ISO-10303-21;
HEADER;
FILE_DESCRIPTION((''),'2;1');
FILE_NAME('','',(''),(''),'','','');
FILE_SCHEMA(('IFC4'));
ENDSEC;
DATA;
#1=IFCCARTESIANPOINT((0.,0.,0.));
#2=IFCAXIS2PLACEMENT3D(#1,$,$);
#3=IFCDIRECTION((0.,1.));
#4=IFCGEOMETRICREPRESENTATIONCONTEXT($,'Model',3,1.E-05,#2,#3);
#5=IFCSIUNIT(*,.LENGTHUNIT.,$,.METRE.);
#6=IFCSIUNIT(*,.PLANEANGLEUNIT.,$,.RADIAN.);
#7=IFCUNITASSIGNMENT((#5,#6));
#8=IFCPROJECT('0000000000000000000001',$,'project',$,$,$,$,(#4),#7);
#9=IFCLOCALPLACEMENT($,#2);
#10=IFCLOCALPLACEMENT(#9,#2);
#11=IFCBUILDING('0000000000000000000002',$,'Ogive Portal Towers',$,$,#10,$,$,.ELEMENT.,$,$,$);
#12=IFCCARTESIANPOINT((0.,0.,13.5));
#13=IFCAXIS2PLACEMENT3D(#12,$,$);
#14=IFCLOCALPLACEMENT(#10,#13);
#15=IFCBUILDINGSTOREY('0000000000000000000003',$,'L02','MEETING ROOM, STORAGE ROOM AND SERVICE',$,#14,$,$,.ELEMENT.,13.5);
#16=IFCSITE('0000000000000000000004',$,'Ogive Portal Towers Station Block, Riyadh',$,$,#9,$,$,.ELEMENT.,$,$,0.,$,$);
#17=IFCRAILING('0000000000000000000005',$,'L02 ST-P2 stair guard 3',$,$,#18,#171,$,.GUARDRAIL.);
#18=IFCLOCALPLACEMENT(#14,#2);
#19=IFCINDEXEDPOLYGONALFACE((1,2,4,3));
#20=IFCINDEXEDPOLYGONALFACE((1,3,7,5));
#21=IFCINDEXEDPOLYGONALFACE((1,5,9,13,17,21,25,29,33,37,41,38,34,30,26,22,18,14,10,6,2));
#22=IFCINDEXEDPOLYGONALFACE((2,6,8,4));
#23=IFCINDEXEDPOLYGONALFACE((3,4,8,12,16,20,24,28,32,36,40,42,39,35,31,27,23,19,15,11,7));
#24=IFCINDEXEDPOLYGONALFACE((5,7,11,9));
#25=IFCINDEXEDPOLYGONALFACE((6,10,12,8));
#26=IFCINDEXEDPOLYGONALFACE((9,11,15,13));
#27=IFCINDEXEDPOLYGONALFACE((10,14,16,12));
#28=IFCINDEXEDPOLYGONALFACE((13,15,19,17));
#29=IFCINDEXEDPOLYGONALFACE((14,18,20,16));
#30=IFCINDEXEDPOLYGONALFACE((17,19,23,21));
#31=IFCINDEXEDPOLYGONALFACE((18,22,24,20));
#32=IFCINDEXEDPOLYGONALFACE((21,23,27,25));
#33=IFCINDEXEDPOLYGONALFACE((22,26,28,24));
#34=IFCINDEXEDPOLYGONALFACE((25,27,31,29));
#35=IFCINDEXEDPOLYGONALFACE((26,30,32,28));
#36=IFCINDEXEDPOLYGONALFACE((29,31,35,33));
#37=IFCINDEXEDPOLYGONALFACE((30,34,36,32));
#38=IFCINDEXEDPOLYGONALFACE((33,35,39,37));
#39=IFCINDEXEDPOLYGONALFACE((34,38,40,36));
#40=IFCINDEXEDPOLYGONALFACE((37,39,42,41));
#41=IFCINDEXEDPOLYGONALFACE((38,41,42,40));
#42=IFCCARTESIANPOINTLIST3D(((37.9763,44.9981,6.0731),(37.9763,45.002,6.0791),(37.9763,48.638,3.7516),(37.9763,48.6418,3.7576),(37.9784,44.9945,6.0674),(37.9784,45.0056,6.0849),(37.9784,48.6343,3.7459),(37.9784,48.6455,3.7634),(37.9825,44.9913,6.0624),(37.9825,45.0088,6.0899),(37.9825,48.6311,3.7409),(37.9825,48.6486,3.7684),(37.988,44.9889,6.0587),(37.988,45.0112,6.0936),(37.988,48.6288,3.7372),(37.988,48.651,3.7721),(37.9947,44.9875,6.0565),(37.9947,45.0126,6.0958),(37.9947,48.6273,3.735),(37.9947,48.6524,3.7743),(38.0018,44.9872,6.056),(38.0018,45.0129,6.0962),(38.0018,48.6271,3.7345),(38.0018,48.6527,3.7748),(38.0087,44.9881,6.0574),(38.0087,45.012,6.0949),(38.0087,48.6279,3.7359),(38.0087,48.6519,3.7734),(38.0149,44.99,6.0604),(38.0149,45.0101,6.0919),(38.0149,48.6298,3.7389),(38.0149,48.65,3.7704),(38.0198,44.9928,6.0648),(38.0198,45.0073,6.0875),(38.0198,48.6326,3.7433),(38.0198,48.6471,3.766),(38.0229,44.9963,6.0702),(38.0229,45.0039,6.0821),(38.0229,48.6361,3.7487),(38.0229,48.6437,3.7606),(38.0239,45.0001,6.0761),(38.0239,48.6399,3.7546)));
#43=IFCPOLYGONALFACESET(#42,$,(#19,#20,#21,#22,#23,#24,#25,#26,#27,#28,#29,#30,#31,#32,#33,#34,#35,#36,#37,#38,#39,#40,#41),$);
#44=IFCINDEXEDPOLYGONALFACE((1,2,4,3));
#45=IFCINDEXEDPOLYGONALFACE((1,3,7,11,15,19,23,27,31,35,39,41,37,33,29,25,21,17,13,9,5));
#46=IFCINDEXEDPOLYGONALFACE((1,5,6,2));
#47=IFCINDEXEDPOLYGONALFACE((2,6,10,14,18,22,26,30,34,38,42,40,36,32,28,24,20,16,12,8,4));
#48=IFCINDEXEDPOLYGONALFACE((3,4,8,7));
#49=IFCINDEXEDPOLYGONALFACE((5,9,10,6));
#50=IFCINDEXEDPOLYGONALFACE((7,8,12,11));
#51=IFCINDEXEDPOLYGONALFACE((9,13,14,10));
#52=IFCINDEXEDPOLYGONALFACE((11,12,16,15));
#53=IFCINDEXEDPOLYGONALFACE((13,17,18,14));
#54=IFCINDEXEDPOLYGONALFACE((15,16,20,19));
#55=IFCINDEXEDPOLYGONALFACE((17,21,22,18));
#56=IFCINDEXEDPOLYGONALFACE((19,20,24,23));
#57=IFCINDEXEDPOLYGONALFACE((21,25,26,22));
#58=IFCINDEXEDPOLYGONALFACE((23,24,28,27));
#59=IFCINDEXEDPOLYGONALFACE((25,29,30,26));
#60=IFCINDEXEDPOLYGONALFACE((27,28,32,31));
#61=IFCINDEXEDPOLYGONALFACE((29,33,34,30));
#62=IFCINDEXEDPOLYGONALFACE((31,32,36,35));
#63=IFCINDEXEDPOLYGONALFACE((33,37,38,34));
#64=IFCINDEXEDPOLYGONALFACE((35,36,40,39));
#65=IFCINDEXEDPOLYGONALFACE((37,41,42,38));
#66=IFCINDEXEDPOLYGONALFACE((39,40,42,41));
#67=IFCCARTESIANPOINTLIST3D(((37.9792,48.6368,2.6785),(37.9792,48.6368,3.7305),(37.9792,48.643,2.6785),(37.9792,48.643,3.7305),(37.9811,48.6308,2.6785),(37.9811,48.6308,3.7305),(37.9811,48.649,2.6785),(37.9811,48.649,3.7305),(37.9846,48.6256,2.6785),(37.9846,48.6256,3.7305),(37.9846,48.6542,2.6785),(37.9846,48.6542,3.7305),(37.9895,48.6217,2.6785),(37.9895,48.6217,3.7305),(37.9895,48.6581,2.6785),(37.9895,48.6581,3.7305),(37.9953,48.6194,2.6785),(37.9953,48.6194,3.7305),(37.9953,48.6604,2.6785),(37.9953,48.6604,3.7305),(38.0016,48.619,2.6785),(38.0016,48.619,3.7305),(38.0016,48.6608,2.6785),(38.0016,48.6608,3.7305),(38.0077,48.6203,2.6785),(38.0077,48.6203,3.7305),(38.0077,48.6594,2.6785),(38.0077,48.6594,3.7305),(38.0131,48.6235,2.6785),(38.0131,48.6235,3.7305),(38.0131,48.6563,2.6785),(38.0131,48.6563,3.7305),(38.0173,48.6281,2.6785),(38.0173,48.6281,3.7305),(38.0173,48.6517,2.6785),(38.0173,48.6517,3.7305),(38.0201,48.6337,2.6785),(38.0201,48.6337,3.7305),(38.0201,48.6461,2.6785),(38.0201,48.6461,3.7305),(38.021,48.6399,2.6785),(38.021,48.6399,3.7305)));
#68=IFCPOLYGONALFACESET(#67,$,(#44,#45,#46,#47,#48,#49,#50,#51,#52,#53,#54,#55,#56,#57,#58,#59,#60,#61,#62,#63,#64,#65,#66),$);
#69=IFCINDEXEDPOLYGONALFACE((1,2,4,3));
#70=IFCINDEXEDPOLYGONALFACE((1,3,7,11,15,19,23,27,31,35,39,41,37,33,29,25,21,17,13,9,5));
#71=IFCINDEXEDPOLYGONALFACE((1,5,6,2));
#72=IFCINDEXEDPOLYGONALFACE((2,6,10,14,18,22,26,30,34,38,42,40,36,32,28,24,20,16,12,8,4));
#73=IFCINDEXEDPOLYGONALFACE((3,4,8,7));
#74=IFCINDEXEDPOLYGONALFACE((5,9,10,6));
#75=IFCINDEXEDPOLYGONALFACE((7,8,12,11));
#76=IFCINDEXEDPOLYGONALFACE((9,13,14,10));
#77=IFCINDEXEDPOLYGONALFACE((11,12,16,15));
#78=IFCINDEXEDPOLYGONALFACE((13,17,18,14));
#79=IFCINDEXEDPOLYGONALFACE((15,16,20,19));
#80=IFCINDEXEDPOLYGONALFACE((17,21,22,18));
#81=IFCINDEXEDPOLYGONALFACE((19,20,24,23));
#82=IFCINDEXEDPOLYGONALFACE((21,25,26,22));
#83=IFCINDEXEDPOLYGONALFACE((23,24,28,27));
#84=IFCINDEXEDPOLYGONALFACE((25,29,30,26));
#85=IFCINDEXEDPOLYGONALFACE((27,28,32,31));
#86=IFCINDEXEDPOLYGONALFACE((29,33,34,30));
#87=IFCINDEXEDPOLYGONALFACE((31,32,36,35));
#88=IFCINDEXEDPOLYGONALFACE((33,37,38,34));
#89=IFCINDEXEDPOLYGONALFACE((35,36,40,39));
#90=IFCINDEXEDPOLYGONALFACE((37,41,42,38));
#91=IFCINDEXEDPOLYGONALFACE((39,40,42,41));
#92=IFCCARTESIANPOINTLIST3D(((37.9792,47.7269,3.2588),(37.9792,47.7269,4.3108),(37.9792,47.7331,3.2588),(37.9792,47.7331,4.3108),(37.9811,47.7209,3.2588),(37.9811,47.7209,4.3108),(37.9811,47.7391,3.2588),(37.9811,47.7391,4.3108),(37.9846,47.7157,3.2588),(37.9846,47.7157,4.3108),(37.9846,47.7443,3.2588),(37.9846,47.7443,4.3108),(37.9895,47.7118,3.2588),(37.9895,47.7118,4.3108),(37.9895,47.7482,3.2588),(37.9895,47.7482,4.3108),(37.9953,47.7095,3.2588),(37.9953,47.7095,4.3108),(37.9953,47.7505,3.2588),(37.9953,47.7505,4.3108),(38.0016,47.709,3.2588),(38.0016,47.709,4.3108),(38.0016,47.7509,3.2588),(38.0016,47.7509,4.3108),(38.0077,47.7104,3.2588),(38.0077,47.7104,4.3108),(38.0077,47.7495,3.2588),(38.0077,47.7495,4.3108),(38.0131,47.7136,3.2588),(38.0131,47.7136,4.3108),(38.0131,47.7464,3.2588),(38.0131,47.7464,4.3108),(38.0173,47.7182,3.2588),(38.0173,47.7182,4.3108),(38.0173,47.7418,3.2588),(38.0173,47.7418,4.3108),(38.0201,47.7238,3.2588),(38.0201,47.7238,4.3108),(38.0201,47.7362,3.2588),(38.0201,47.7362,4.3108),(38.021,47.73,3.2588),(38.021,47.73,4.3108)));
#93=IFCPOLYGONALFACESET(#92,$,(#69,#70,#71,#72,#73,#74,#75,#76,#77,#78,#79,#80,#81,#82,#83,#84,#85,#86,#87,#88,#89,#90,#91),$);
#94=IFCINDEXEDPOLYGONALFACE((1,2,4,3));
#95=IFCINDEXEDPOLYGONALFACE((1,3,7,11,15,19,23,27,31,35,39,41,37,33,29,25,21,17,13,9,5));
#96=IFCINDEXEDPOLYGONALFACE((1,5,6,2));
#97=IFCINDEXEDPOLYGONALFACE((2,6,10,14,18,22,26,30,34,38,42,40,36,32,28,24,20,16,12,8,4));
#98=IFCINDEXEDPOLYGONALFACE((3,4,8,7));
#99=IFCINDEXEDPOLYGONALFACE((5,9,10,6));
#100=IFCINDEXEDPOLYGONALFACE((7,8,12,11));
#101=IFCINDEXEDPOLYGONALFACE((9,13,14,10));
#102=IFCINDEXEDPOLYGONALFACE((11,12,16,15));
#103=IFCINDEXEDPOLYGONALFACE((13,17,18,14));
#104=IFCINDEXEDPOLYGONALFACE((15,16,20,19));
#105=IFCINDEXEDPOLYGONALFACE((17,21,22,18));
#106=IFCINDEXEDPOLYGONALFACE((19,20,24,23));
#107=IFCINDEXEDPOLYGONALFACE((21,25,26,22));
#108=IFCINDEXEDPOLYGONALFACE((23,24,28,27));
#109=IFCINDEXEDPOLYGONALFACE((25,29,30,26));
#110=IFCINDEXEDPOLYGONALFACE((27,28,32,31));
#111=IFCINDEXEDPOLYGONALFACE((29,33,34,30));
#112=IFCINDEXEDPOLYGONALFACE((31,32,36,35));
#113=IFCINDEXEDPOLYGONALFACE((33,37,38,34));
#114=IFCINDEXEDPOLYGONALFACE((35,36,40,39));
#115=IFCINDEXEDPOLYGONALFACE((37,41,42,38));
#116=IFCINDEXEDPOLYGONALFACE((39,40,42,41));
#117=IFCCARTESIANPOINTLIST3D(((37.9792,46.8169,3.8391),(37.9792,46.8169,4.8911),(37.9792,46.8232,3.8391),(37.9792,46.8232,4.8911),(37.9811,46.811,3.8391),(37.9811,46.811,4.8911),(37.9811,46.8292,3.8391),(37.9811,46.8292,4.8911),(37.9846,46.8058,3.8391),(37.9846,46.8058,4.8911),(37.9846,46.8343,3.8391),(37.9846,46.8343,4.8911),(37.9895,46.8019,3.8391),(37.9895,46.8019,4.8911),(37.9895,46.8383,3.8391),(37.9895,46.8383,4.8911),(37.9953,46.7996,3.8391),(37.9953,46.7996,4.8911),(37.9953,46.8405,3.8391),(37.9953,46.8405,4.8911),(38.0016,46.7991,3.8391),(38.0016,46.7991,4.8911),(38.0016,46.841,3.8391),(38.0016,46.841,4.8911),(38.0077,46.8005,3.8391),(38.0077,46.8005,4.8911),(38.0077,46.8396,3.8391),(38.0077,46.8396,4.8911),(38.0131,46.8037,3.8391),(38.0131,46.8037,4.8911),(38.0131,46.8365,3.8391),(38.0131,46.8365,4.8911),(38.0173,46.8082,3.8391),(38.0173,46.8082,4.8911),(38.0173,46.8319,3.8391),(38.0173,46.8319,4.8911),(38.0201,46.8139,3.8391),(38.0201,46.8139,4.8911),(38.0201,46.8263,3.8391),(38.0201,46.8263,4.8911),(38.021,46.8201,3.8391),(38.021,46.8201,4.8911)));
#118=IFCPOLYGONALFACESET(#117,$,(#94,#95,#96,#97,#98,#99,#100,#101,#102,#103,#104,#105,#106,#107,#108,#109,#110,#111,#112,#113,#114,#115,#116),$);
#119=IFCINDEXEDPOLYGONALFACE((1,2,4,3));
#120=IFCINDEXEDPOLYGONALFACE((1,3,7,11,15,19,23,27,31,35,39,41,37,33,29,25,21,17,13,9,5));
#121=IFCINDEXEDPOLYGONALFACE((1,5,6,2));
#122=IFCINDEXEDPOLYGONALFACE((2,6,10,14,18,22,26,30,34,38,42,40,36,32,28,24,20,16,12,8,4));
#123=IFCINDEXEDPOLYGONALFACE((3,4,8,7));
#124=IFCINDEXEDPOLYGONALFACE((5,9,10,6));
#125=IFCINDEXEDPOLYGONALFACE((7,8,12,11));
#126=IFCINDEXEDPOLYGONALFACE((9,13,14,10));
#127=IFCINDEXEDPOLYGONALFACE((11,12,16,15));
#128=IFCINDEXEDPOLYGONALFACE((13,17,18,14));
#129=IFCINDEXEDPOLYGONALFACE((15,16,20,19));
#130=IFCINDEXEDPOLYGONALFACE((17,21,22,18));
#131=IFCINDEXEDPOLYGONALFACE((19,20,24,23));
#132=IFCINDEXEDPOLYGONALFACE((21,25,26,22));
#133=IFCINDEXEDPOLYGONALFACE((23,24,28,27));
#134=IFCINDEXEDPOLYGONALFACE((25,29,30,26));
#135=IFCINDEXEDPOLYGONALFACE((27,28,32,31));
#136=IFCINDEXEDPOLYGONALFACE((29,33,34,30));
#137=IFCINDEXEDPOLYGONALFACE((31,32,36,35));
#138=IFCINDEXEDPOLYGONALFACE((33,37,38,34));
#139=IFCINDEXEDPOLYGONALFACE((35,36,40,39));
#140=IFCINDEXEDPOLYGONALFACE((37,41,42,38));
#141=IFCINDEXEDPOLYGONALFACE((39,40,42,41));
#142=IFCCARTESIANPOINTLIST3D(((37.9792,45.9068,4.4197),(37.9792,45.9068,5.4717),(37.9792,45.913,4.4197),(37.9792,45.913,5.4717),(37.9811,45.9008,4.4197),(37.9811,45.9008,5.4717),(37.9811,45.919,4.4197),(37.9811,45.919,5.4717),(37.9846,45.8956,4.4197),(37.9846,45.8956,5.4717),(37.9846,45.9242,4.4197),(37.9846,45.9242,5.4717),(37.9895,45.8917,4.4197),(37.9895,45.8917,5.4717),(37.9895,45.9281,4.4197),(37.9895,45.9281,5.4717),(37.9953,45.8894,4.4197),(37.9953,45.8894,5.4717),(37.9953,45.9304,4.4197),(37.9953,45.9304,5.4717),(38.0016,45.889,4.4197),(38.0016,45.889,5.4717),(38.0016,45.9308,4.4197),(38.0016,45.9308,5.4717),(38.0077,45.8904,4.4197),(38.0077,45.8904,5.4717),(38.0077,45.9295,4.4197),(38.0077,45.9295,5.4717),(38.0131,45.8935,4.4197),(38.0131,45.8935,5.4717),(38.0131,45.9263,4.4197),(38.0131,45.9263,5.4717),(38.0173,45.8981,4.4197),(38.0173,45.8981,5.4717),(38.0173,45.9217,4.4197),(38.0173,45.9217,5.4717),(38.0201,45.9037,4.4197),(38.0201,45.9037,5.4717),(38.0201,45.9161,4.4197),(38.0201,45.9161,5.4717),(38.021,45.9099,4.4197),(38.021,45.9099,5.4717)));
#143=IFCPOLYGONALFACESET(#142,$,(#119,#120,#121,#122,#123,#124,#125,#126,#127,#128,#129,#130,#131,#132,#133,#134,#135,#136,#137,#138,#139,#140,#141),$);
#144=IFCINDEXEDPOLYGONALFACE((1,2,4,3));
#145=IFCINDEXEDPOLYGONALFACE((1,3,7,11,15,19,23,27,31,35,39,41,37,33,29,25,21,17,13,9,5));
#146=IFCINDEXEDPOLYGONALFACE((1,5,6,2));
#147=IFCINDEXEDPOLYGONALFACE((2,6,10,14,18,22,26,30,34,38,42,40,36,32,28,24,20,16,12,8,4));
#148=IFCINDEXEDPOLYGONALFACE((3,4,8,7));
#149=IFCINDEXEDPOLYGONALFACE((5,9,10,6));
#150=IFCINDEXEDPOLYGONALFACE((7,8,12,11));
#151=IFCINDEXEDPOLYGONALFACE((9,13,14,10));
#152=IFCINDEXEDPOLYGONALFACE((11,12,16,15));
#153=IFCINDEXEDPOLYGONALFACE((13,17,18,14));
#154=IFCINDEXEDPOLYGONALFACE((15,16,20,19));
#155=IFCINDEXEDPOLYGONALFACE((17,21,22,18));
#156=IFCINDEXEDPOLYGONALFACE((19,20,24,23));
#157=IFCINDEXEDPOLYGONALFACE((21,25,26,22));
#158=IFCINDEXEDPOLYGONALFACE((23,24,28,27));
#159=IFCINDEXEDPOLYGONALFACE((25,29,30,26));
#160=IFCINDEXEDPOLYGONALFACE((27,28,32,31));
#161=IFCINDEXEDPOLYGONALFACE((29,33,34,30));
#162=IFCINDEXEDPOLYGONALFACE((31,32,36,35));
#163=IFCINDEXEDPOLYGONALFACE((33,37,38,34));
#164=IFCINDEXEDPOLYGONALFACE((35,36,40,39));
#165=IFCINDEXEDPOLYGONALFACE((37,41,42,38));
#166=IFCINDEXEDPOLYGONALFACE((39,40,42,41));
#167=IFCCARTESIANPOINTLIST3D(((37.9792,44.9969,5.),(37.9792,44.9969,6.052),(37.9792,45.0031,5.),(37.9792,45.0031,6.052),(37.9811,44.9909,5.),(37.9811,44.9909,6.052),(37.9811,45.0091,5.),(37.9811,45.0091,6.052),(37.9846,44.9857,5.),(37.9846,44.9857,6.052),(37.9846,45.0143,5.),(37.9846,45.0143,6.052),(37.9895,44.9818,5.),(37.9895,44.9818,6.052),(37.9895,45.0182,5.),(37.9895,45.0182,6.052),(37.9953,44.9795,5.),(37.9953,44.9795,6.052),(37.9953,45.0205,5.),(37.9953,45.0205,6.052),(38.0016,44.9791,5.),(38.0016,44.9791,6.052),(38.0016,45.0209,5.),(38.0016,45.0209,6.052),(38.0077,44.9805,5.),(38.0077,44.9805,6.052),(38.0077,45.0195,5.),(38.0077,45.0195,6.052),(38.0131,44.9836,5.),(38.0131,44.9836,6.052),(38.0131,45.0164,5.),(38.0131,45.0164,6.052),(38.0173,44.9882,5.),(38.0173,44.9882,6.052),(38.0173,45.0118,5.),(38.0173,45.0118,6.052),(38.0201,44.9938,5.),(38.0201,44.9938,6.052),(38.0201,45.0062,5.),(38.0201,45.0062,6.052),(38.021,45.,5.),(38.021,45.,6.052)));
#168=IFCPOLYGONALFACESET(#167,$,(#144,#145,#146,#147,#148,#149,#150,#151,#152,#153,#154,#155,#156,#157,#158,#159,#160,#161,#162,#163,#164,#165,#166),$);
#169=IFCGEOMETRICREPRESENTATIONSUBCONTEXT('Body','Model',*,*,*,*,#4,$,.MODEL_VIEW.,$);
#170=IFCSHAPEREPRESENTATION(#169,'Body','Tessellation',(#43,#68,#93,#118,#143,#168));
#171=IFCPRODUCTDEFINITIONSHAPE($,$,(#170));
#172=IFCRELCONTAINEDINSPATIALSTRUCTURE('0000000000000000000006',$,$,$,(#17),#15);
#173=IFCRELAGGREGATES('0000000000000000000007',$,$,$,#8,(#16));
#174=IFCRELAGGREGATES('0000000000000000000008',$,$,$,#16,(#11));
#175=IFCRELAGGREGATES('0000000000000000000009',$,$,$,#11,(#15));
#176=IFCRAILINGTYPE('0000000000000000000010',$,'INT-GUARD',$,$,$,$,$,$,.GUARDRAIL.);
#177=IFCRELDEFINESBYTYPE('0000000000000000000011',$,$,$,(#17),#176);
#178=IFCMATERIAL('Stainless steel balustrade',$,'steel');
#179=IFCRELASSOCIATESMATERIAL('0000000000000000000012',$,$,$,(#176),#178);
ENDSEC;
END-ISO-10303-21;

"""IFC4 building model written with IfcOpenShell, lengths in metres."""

from ifc_helpers import new_model, si_unit, direction, frame, origin, origin_2d, place, context, subcontext, project, spatial, circle, extrude, material, type_object, element, save


model = new_model("IFC4")

# Units and contexts
model_context = context("Model", 3, precision=1e-05, world=origin(), true_north=direction((0.0, 1.0)))
body_context = subcontext(model_context, "Body", "Model", "MODEL_VIEW")
ifc_project = project(units=[si_unit("LENGTHUNIT", "METRE"), si_unit("PLANEANGLEUNIT", "RADIAN")], contexts=[model_context])

# Site, building, storey
site_placement = place(None, origin())
site = spatial("IfcSite", under=ifc_project, at=site_placement, Name="Ogive Portal Towers Station Block, Riyadh", CompositionType="ELEMENT", RefElevation=0.0)
building_placement = place(site_placement, origin())
building = spatial("IfcBuilding", under=site, at=building_placement, Name="Ogive Portal Towers", CompositionType="ELEMENT")
storey_placement = place(building_placement, frame((0.0, 0.0, 13.5)))
storey = spatial("IfcBuildingStorey", under=building, at=storey_placement, Name="L02", Description="MEETING ROOM, STORAGE ROOM AND SERVICE", CompositionType="ELEMENT", Elevation=13.5)

# Railing
ifc_material_1 = material(Name="Stainless steel balustrade", Category="steel")
railing_type_1 = type_object("IfcRailingType", Name="INT-GUARD", PredefinedType="GUARDRAIL", material=ifc_material_1)
railing_1_placement = place(storey_placement, frame((38.0, 48.6399, 2.6785)))
element("IfcRailing", 1, at=railing_1_placement, inside=storey, type_object=railing_type_1, Name="L02 ST-P2 stair guard 3", PredefinedType="GUARDRAIL", context=body_context, shape_type="SweptSolid", body=[
    extrude(circle(Radius=0.0239, at=origin_2d()), frame((0.0, 0.0, 1.0762), z_axis=(0.0, -0.843112, 0.537739), x_axis=(1.0, 0.0, 0.0)), (0.0, 0.0, 1.0), 4.3171),
    extrude(circle(Radius=0.021, at=origin_2d()), origin(), (0.0, 0.0, 1.0), 1.052),
    extrude(circle(Radius=0.021, at=origin_2d()), frame((0.0, -0.9099, 0.5803)), (0.0, 0.0, 1.0), 1.052),
    extrude(circle(Radius=0.021, at=origin_2d()), frame((0.0, -1.8198, 1.1606)), (0.0, 0.0, 1.0), 1.052),
    extrude(circle(Radius=0.021, at=origin_2d()), frame((0.0, -2.73, 1.7412)), (0.0, 0.0, 1.0), 1.052),
    extrude(circle(Radius=0.021, at=origin_2d()), frame((0.0, -3.6399, 2.3215)), (0.0, 0.0, 1.0), 1.052),
])

save(model, "model.ifc")
